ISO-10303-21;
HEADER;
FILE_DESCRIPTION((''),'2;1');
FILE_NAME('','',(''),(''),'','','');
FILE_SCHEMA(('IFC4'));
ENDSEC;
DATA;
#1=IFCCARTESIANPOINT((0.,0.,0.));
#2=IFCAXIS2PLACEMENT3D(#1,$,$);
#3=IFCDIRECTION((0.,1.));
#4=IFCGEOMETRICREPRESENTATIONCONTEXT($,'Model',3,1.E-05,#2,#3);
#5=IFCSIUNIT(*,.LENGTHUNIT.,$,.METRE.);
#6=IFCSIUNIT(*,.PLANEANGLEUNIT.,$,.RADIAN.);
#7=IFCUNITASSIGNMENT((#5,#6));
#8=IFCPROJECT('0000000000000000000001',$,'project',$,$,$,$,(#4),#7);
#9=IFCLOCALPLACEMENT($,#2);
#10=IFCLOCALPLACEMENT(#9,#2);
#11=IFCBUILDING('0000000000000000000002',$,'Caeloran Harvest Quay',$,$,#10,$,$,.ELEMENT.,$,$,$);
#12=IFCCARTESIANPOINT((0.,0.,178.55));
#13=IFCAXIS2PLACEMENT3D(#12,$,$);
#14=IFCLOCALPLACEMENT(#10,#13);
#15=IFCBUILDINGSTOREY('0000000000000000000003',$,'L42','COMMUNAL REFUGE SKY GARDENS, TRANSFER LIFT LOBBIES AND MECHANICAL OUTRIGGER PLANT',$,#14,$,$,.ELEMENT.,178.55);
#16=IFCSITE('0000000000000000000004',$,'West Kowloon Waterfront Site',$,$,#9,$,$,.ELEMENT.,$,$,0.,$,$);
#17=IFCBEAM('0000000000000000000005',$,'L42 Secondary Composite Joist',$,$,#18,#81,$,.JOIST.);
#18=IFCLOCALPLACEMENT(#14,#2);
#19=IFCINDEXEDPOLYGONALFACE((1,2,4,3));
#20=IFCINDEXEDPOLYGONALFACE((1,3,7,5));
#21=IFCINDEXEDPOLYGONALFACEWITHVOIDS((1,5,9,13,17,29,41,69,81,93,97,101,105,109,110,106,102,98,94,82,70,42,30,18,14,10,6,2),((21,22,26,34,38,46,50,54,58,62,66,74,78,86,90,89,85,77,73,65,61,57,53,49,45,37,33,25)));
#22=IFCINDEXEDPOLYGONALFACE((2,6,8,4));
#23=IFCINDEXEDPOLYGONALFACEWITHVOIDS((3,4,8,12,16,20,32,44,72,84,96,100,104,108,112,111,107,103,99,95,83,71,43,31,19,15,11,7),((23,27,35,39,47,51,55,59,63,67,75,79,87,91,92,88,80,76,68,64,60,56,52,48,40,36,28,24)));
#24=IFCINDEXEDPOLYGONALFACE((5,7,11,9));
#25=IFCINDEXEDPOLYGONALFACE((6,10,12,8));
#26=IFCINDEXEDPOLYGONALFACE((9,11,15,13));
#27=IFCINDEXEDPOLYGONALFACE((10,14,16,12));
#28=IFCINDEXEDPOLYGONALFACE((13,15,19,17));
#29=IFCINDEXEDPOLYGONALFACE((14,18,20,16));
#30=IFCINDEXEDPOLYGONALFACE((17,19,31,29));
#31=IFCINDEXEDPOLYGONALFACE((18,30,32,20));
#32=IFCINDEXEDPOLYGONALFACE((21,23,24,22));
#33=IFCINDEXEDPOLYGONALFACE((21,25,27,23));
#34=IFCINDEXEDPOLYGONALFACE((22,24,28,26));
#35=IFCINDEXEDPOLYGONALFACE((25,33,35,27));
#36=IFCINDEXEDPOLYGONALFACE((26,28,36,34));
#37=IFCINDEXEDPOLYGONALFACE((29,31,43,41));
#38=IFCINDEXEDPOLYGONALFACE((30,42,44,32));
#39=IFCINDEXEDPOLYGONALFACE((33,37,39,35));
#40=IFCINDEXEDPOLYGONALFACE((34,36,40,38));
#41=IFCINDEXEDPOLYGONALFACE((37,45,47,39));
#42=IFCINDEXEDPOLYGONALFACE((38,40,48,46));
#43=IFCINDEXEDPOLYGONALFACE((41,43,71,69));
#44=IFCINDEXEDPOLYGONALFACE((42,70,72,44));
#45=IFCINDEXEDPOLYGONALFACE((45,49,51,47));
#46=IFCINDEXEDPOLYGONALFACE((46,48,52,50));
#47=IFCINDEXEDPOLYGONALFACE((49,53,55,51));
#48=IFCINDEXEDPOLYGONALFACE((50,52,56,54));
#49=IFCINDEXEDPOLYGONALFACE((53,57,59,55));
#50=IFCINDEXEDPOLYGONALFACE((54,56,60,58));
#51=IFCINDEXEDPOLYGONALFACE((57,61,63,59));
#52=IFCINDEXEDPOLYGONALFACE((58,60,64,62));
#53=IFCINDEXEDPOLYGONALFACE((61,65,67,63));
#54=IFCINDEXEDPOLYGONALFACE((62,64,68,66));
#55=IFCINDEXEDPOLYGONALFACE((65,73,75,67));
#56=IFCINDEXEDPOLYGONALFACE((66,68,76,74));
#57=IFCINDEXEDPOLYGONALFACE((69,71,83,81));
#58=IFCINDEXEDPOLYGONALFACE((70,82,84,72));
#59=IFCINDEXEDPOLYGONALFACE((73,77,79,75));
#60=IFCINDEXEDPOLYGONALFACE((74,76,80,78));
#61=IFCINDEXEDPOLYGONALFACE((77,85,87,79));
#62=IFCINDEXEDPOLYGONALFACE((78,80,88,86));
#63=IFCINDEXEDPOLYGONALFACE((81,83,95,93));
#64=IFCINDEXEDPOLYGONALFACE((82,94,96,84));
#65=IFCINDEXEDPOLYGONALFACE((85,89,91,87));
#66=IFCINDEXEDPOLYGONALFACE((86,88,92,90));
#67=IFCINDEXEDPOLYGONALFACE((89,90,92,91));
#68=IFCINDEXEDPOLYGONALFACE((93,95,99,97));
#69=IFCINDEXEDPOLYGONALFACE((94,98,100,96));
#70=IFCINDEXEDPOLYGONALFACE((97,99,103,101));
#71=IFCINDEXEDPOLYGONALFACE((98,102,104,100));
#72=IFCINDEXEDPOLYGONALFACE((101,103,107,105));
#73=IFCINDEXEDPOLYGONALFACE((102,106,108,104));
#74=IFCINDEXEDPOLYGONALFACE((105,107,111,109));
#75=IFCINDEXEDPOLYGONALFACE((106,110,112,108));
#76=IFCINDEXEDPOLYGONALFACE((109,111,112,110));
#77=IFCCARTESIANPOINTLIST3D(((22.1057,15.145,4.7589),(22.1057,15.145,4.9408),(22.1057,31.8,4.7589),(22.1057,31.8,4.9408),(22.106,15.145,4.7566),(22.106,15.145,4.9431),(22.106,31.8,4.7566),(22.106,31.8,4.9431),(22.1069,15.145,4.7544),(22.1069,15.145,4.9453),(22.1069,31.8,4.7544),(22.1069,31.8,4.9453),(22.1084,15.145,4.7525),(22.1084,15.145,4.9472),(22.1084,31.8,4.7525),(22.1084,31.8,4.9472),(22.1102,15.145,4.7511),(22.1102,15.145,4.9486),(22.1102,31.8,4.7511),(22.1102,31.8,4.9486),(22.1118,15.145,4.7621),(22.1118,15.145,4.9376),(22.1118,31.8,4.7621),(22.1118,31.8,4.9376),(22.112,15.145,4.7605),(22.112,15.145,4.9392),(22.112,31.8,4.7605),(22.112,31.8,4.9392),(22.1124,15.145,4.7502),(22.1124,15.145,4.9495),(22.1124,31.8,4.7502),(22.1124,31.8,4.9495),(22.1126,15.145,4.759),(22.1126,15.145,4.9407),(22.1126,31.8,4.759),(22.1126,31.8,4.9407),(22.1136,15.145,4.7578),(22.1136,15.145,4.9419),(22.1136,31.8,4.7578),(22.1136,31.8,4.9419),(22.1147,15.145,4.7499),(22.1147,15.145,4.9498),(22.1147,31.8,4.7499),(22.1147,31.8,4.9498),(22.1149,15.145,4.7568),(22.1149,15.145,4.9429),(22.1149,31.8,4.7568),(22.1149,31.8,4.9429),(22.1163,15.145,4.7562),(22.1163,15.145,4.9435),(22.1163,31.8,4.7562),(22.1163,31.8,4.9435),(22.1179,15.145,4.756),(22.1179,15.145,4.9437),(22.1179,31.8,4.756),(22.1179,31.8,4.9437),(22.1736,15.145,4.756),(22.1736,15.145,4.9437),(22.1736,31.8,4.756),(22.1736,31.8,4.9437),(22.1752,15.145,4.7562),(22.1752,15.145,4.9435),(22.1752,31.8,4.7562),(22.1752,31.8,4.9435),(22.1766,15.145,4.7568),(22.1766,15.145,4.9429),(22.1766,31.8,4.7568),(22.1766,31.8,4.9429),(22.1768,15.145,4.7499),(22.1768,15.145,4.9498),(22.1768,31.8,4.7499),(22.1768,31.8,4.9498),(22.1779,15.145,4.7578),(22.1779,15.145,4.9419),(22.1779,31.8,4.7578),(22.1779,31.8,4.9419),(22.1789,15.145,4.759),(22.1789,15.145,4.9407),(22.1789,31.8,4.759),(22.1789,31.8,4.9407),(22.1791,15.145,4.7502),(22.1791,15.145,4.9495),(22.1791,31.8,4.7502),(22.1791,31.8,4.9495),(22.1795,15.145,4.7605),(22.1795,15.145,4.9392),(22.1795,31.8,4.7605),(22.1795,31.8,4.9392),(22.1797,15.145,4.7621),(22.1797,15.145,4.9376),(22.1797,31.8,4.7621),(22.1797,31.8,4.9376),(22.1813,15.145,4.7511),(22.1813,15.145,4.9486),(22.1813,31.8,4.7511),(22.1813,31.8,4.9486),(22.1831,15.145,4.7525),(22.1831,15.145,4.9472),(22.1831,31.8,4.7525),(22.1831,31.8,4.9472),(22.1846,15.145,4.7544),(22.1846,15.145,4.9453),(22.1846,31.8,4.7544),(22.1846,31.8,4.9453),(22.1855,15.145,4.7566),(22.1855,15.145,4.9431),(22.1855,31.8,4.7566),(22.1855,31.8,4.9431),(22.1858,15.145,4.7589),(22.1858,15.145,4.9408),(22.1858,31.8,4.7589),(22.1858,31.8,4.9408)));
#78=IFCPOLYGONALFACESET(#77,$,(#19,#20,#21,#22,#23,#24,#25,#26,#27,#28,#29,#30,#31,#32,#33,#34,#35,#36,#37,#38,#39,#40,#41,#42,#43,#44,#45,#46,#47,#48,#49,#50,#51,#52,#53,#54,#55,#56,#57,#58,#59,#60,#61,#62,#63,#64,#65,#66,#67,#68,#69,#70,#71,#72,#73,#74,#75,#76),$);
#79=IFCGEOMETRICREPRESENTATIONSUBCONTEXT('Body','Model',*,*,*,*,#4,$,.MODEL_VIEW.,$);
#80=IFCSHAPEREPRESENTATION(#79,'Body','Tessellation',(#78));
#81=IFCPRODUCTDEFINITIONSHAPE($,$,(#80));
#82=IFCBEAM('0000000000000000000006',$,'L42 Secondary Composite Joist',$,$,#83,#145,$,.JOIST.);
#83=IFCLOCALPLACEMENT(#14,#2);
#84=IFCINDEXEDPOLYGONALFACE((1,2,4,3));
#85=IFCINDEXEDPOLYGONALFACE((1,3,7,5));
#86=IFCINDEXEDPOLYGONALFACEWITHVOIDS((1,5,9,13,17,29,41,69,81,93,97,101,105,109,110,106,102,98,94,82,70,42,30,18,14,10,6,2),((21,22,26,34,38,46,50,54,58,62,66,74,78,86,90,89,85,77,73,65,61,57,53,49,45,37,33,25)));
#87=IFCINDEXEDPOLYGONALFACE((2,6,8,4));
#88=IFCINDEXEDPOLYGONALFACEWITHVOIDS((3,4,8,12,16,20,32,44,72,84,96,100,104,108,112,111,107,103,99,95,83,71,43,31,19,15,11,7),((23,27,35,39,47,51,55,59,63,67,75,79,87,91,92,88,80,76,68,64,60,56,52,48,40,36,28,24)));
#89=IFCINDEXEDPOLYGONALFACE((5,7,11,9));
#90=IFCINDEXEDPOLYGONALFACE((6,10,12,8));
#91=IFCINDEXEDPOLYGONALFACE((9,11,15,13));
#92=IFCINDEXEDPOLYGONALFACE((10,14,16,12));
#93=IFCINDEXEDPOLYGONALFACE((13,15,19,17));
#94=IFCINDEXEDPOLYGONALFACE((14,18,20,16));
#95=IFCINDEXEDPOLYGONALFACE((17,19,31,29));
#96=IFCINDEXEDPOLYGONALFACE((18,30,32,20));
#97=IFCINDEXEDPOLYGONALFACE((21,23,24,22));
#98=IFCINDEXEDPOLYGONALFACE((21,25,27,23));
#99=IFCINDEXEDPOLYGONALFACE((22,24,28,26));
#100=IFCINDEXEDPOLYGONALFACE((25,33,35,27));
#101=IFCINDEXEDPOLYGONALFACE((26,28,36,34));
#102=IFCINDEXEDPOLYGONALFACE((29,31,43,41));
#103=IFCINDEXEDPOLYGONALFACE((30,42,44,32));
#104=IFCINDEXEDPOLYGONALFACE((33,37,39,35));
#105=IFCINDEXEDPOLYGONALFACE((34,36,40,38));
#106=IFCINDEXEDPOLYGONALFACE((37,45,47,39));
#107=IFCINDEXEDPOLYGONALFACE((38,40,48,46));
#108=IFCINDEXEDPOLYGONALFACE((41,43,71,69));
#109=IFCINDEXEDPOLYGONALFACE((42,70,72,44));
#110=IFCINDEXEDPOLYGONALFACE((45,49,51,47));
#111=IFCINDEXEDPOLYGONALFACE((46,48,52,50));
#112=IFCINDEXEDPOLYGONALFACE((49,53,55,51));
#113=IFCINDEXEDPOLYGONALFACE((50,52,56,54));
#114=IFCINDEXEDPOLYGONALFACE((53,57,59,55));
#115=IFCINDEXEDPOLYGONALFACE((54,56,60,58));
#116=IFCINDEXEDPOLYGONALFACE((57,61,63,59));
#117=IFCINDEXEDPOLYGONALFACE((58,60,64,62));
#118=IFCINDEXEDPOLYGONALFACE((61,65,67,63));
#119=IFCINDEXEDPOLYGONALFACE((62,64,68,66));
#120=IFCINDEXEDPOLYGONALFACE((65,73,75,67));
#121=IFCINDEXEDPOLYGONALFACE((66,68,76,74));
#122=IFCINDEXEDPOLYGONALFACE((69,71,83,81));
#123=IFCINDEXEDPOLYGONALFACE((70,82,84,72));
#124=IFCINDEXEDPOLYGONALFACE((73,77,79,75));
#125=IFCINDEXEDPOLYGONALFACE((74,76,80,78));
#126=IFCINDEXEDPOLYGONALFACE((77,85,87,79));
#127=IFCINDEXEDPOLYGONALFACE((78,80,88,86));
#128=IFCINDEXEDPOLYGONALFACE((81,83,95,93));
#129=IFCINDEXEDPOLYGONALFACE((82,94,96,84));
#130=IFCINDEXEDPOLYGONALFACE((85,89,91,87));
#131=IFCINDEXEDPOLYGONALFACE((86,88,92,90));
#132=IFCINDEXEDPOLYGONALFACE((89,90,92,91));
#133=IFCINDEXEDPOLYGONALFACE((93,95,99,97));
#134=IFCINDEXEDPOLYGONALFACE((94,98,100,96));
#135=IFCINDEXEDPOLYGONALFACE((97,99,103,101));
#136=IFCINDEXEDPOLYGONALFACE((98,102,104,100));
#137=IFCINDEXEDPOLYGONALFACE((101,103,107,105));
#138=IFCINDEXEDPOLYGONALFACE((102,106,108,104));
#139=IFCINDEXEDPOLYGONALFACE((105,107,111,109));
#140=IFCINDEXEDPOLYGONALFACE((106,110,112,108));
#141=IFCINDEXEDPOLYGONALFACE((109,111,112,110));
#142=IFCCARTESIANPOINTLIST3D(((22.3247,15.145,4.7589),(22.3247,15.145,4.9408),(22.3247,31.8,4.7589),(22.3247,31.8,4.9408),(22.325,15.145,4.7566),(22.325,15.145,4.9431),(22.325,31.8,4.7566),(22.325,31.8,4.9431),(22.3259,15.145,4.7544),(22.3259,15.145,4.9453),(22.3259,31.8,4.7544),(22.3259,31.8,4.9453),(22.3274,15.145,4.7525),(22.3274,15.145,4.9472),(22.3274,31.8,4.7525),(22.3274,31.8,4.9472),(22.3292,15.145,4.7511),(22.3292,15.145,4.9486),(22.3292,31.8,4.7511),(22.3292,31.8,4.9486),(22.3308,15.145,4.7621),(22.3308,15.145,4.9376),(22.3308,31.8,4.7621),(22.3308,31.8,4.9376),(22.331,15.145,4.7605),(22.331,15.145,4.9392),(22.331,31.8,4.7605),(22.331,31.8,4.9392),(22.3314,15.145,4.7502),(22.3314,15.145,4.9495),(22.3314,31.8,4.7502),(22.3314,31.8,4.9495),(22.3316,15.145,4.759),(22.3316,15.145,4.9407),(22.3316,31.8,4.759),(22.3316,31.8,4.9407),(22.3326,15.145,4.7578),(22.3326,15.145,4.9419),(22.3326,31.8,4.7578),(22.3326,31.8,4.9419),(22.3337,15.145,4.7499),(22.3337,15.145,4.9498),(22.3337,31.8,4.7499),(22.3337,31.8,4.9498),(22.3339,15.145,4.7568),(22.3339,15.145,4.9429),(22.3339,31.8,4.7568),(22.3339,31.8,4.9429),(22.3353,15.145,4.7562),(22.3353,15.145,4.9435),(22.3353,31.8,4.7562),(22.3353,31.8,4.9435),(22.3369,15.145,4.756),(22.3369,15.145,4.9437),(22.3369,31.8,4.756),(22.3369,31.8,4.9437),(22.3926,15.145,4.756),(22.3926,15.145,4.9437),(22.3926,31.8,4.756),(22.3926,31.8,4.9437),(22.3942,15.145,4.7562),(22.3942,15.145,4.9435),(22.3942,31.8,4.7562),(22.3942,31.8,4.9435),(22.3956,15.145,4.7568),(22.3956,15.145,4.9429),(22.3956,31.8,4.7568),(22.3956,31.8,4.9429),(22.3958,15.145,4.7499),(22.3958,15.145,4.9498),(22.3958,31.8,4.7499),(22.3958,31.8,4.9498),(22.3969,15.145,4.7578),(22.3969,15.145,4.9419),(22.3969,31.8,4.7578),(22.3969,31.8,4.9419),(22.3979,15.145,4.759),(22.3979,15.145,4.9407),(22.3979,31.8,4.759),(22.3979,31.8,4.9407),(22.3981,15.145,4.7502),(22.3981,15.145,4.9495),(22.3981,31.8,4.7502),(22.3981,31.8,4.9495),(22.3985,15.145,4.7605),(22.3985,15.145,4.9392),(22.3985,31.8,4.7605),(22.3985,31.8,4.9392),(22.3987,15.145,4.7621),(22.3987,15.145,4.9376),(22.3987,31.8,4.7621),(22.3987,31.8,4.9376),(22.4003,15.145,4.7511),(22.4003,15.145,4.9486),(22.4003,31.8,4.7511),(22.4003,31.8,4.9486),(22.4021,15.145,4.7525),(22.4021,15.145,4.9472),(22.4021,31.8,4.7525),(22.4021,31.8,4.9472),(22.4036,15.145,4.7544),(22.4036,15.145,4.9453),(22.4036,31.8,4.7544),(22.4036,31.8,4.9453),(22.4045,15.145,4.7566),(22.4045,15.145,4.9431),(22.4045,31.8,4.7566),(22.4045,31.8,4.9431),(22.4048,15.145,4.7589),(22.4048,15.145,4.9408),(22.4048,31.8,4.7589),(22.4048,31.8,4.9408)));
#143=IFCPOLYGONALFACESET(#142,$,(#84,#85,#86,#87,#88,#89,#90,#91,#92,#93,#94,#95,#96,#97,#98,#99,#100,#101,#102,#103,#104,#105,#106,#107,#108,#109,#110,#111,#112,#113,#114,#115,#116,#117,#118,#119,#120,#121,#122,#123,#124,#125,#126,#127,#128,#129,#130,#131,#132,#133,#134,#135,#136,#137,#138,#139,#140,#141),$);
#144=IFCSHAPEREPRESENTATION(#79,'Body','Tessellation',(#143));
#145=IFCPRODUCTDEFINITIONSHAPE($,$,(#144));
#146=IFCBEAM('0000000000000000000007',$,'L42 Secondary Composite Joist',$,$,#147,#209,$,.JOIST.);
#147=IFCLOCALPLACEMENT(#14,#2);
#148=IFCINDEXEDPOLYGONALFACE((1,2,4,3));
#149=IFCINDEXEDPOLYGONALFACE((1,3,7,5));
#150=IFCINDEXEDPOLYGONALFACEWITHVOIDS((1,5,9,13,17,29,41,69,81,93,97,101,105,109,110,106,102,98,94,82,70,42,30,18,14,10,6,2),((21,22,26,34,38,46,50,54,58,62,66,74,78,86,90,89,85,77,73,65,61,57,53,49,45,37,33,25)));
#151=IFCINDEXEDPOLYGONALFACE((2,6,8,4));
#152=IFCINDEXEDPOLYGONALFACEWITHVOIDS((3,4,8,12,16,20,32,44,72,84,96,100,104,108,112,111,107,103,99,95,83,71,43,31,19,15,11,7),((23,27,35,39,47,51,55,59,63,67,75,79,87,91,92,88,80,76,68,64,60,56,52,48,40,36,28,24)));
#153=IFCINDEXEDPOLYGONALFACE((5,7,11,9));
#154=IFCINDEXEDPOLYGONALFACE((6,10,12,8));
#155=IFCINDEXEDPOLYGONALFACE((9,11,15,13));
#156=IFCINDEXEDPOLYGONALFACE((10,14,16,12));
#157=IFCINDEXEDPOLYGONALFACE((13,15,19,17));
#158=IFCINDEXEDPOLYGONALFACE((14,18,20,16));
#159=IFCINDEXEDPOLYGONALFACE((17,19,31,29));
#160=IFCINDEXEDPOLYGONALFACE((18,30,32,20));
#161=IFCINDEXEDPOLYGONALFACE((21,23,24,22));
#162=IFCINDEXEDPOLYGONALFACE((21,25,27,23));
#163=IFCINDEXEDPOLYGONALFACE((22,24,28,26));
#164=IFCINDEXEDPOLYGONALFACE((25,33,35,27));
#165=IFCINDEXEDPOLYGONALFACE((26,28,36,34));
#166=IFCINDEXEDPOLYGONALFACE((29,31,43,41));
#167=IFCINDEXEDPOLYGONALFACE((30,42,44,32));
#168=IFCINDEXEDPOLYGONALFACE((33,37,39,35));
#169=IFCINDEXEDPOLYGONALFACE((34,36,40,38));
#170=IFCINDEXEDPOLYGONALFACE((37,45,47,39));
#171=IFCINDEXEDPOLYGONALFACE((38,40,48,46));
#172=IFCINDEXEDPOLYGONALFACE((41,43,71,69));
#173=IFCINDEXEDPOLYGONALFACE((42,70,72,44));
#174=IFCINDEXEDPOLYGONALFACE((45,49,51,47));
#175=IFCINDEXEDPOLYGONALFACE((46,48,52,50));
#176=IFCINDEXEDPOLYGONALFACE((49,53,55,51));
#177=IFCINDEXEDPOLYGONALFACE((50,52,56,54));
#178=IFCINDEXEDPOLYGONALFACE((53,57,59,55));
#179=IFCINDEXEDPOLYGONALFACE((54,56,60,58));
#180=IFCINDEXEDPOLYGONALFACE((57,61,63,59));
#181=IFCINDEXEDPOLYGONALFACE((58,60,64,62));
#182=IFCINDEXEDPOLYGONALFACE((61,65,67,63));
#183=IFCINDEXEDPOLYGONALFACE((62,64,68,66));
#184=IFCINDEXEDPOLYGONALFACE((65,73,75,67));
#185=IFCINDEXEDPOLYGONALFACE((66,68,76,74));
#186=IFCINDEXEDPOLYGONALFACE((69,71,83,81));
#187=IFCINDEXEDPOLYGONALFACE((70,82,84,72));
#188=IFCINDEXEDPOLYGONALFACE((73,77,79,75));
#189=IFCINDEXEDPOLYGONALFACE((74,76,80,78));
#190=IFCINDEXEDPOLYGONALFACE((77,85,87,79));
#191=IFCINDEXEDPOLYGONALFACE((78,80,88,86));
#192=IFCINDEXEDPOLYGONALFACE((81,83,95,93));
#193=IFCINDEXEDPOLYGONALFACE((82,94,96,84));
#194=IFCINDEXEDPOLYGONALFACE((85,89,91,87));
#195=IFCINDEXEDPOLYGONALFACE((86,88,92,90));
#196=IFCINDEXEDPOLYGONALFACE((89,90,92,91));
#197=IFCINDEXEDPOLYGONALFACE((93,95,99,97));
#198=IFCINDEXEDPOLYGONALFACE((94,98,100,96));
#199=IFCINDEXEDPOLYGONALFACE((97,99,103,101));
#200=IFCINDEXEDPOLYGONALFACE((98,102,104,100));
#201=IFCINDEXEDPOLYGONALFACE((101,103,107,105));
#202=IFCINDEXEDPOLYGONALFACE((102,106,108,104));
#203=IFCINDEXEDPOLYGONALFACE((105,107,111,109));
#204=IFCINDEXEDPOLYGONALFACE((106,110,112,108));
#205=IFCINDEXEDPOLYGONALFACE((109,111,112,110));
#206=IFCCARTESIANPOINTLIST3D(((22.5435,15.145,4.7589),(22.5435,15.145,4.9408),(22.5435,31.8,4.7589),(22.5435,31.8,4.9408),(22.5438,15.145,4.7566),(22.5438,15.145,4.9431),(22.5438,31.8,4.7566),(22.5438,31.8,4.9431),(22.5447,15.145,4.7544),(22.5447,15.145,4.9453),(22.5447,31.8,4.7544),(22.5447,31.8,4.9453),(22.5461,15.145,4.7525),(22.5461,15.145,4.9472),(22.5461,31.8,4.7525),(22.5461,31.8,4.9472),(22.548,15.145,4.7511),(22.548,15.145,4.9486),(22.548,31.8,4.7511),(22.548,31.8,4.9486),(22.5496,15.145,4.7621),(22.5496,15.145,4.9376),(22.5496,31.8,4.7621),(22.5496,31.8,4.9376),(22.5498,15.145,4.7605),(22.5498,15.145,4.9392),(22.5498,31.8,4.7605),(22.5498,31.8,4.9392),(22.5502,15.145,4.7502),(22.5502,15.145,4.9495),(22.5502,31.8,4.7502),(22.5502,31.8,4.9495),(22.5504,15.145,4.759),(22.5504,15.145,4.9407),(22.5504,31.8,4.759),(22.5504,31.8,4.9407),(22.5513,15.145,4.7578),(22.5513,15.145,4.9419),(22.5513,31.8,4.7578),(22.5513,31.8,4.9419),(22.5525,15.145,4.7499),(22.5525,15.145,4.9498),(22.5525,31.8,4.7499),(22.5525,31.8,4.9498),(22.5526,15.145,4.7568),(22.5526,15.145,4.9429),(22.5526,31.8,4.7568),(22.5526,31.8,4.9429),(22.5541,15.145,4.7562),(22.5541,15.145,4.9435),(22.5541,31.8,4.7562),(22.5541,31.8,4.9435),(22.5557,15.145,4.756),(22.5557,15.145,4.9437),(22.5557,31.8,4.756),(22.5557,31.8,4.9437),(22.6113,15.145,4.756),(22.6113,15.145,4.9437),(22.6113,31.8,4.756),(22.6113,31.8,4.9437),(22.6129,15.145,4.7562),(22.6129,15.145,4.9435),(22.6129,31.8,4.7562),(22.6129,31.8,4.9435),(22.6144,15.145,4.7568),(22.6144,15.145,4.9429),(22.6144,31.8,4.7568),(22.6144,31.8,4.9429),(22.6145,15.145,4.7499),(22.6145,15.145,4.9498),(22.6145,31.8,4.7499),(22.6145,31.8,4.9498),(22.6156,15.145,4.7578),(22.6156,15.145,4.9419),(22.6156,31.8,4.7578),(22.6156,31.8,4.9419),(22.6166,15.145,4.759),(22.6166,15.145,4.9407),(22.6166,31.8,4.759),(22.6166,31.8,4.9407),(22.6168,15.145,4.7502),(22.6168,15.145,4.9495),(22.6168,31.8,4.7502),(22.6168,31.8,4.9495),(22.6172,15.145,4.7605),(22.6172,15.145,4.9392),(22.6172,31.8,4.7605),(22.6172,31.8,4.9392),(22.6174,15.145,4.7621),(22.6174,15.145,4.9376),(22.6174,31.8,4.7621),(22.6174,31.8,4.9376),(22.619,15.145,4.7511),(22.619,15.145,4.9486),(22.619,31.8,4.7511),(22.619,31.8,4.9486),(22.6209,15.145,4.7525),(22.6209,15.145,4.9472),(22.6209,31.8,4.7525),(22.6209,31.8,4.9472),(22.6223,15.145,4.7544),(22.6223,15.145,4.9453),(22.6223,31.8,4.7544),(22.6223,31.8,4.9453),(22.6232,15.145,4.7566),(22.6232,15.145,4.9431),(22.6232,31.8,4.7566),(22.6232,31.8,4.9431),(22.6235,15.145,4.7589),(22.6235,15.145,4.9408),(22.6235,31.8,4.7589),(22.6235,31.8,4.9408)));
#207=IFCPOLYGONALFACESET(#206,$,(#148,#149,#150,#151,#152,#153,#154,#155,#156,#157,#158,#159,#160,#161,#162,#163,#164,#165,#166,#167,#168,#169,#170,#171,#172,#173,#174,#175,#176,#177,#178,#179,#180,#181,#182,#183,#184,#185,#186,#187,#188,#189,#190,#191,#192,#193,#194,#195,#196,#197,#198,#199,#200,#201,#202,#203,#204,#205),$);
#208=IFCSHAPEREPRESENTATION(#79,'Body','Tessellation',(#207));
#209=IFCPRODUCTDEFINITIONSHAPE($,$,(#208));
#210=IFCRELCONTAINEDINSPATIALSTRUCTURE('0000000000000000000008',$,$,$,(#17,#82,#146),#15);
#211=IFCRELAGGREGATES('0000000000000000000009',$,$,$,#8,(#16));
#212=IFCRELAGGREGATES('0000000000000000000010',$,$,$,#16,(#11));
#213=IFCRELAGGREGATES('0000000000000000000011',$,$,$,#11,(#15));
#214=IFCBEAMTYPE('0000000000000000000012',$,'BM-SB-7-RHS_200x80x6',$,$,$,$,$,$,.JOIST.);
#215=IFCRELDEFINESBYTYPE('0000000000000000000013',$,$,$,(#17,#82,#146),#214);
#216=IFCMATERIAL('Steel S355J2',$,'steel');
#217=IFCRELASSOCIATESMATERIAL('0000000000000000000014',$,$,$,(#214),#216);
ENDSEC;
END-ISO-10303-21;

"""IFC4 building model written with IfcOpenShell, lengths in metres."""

from ifc_helpers import new_model, si_unit, direction, frame, origin, origin_2d, place, context, subcontext, project, spatial, hollow_rectangle, extrude, material, material_profile, profile_set, type_object, element, save


model = new_model("IFC4")

# Units and contexts
model_context = context("Model", 3, precision=1e-05, world=origin(), true_north=direction((0.0, 1.0)))
body_context = subcontext(model_context, "Body", "Model", "MODEL_VIEW")
ifc_project = project(units=[si_unit("LENGTHUNIT", "METRE"), si_unit("PLANEANGLEUNIT", "RADIAN")], contexts=[model_context])

# Site, building, storey
site_placement = place(None, origin())
site = spatial("IfcSite", under=ifc_project, at=site_placement, Name="West Kowloon Waterfront Site", CompositionType="ELEMENT", RefElevation=0.0)
building_placement = place(site_placement, origin())
building = spatial("IfcBuilding", under=site, at=building_placement, Name="Caeloran Harvest Quay", CompositionType="ELEMENT")
storey_placement = place(building_placement, frame((0.0, 0.0, 178.55)))
storey = spatial("IfcBuildingStorey", under=building, at=storey_placement, Name="L42", Description="COMMUNAL REFUGE SKY GARDENS, TRANSFER LIFT LOBBIES AND MECHANICAL OUTRIGGER PLANT", CompositionType="ELEMENT", Elevation=178.55)

# Beams
ifc_material_1 = material(Name="Steel S355J2", Category="steel")
ifc_material_profile_1 = material_profile(ifc_material_1, hollow_rectangle(XDim=0.0801, YDim=0.2, WallThickness=0.0061, InnerFilletRadius=0.0061, OuterFilletRadius=0.009, at=origin_2d()), Name="RHS 200x80x6")
ifc_profile_set_1 = profile_set([ifc_material_profile_1], Name="Steel S355J2")
beam_type_1 = type_object("IfcBeamType", Name="BM-SB-7-RHS_200x80x6", PredefinedType="JOIST", material=ifc_profile_set_1)
for number, where, z_axis, x_axis, name in (
    (1, (22.1458, 15.145, 4.8499), (0.0, 1.0, 0.0), (-1.0, 0.0, 0.0), "L42 Secondary Composite Joist"),
    (2, (22.3647, 15.145, 4.8499), (0.0, 1.0, 0.0), (-1.0, 0.0, 0.0), "L42 Secondary Composite Joist"),
    (3, (22.5835, 15.145, 4.8499), (0.0, 1.0, 0.0), (-1.0, 0.0, 0.0), "L42 Secondary Composite Joist"),
):
    element("IfcBeam", number, at=place(storey_placement, frame(where, z_axis=z_axis, x_axis=x_axis)), inside=storey, type_object=beam_type_1, Name=name, PredefinedType="JOIST", context=body_context, shape_type="SweptSolid", body=[
        extrude(hollow_rectangle(XDim=0.0801, YDim=0.2, WallThickness=0.0061, InnerFilletRadius=0.0061, OuterFilletRadius=0.009, at=origin_2d()), origin(), (0.0, 0.0, 1.0), 16.655),
    ])

save(model, "model.ifc")
